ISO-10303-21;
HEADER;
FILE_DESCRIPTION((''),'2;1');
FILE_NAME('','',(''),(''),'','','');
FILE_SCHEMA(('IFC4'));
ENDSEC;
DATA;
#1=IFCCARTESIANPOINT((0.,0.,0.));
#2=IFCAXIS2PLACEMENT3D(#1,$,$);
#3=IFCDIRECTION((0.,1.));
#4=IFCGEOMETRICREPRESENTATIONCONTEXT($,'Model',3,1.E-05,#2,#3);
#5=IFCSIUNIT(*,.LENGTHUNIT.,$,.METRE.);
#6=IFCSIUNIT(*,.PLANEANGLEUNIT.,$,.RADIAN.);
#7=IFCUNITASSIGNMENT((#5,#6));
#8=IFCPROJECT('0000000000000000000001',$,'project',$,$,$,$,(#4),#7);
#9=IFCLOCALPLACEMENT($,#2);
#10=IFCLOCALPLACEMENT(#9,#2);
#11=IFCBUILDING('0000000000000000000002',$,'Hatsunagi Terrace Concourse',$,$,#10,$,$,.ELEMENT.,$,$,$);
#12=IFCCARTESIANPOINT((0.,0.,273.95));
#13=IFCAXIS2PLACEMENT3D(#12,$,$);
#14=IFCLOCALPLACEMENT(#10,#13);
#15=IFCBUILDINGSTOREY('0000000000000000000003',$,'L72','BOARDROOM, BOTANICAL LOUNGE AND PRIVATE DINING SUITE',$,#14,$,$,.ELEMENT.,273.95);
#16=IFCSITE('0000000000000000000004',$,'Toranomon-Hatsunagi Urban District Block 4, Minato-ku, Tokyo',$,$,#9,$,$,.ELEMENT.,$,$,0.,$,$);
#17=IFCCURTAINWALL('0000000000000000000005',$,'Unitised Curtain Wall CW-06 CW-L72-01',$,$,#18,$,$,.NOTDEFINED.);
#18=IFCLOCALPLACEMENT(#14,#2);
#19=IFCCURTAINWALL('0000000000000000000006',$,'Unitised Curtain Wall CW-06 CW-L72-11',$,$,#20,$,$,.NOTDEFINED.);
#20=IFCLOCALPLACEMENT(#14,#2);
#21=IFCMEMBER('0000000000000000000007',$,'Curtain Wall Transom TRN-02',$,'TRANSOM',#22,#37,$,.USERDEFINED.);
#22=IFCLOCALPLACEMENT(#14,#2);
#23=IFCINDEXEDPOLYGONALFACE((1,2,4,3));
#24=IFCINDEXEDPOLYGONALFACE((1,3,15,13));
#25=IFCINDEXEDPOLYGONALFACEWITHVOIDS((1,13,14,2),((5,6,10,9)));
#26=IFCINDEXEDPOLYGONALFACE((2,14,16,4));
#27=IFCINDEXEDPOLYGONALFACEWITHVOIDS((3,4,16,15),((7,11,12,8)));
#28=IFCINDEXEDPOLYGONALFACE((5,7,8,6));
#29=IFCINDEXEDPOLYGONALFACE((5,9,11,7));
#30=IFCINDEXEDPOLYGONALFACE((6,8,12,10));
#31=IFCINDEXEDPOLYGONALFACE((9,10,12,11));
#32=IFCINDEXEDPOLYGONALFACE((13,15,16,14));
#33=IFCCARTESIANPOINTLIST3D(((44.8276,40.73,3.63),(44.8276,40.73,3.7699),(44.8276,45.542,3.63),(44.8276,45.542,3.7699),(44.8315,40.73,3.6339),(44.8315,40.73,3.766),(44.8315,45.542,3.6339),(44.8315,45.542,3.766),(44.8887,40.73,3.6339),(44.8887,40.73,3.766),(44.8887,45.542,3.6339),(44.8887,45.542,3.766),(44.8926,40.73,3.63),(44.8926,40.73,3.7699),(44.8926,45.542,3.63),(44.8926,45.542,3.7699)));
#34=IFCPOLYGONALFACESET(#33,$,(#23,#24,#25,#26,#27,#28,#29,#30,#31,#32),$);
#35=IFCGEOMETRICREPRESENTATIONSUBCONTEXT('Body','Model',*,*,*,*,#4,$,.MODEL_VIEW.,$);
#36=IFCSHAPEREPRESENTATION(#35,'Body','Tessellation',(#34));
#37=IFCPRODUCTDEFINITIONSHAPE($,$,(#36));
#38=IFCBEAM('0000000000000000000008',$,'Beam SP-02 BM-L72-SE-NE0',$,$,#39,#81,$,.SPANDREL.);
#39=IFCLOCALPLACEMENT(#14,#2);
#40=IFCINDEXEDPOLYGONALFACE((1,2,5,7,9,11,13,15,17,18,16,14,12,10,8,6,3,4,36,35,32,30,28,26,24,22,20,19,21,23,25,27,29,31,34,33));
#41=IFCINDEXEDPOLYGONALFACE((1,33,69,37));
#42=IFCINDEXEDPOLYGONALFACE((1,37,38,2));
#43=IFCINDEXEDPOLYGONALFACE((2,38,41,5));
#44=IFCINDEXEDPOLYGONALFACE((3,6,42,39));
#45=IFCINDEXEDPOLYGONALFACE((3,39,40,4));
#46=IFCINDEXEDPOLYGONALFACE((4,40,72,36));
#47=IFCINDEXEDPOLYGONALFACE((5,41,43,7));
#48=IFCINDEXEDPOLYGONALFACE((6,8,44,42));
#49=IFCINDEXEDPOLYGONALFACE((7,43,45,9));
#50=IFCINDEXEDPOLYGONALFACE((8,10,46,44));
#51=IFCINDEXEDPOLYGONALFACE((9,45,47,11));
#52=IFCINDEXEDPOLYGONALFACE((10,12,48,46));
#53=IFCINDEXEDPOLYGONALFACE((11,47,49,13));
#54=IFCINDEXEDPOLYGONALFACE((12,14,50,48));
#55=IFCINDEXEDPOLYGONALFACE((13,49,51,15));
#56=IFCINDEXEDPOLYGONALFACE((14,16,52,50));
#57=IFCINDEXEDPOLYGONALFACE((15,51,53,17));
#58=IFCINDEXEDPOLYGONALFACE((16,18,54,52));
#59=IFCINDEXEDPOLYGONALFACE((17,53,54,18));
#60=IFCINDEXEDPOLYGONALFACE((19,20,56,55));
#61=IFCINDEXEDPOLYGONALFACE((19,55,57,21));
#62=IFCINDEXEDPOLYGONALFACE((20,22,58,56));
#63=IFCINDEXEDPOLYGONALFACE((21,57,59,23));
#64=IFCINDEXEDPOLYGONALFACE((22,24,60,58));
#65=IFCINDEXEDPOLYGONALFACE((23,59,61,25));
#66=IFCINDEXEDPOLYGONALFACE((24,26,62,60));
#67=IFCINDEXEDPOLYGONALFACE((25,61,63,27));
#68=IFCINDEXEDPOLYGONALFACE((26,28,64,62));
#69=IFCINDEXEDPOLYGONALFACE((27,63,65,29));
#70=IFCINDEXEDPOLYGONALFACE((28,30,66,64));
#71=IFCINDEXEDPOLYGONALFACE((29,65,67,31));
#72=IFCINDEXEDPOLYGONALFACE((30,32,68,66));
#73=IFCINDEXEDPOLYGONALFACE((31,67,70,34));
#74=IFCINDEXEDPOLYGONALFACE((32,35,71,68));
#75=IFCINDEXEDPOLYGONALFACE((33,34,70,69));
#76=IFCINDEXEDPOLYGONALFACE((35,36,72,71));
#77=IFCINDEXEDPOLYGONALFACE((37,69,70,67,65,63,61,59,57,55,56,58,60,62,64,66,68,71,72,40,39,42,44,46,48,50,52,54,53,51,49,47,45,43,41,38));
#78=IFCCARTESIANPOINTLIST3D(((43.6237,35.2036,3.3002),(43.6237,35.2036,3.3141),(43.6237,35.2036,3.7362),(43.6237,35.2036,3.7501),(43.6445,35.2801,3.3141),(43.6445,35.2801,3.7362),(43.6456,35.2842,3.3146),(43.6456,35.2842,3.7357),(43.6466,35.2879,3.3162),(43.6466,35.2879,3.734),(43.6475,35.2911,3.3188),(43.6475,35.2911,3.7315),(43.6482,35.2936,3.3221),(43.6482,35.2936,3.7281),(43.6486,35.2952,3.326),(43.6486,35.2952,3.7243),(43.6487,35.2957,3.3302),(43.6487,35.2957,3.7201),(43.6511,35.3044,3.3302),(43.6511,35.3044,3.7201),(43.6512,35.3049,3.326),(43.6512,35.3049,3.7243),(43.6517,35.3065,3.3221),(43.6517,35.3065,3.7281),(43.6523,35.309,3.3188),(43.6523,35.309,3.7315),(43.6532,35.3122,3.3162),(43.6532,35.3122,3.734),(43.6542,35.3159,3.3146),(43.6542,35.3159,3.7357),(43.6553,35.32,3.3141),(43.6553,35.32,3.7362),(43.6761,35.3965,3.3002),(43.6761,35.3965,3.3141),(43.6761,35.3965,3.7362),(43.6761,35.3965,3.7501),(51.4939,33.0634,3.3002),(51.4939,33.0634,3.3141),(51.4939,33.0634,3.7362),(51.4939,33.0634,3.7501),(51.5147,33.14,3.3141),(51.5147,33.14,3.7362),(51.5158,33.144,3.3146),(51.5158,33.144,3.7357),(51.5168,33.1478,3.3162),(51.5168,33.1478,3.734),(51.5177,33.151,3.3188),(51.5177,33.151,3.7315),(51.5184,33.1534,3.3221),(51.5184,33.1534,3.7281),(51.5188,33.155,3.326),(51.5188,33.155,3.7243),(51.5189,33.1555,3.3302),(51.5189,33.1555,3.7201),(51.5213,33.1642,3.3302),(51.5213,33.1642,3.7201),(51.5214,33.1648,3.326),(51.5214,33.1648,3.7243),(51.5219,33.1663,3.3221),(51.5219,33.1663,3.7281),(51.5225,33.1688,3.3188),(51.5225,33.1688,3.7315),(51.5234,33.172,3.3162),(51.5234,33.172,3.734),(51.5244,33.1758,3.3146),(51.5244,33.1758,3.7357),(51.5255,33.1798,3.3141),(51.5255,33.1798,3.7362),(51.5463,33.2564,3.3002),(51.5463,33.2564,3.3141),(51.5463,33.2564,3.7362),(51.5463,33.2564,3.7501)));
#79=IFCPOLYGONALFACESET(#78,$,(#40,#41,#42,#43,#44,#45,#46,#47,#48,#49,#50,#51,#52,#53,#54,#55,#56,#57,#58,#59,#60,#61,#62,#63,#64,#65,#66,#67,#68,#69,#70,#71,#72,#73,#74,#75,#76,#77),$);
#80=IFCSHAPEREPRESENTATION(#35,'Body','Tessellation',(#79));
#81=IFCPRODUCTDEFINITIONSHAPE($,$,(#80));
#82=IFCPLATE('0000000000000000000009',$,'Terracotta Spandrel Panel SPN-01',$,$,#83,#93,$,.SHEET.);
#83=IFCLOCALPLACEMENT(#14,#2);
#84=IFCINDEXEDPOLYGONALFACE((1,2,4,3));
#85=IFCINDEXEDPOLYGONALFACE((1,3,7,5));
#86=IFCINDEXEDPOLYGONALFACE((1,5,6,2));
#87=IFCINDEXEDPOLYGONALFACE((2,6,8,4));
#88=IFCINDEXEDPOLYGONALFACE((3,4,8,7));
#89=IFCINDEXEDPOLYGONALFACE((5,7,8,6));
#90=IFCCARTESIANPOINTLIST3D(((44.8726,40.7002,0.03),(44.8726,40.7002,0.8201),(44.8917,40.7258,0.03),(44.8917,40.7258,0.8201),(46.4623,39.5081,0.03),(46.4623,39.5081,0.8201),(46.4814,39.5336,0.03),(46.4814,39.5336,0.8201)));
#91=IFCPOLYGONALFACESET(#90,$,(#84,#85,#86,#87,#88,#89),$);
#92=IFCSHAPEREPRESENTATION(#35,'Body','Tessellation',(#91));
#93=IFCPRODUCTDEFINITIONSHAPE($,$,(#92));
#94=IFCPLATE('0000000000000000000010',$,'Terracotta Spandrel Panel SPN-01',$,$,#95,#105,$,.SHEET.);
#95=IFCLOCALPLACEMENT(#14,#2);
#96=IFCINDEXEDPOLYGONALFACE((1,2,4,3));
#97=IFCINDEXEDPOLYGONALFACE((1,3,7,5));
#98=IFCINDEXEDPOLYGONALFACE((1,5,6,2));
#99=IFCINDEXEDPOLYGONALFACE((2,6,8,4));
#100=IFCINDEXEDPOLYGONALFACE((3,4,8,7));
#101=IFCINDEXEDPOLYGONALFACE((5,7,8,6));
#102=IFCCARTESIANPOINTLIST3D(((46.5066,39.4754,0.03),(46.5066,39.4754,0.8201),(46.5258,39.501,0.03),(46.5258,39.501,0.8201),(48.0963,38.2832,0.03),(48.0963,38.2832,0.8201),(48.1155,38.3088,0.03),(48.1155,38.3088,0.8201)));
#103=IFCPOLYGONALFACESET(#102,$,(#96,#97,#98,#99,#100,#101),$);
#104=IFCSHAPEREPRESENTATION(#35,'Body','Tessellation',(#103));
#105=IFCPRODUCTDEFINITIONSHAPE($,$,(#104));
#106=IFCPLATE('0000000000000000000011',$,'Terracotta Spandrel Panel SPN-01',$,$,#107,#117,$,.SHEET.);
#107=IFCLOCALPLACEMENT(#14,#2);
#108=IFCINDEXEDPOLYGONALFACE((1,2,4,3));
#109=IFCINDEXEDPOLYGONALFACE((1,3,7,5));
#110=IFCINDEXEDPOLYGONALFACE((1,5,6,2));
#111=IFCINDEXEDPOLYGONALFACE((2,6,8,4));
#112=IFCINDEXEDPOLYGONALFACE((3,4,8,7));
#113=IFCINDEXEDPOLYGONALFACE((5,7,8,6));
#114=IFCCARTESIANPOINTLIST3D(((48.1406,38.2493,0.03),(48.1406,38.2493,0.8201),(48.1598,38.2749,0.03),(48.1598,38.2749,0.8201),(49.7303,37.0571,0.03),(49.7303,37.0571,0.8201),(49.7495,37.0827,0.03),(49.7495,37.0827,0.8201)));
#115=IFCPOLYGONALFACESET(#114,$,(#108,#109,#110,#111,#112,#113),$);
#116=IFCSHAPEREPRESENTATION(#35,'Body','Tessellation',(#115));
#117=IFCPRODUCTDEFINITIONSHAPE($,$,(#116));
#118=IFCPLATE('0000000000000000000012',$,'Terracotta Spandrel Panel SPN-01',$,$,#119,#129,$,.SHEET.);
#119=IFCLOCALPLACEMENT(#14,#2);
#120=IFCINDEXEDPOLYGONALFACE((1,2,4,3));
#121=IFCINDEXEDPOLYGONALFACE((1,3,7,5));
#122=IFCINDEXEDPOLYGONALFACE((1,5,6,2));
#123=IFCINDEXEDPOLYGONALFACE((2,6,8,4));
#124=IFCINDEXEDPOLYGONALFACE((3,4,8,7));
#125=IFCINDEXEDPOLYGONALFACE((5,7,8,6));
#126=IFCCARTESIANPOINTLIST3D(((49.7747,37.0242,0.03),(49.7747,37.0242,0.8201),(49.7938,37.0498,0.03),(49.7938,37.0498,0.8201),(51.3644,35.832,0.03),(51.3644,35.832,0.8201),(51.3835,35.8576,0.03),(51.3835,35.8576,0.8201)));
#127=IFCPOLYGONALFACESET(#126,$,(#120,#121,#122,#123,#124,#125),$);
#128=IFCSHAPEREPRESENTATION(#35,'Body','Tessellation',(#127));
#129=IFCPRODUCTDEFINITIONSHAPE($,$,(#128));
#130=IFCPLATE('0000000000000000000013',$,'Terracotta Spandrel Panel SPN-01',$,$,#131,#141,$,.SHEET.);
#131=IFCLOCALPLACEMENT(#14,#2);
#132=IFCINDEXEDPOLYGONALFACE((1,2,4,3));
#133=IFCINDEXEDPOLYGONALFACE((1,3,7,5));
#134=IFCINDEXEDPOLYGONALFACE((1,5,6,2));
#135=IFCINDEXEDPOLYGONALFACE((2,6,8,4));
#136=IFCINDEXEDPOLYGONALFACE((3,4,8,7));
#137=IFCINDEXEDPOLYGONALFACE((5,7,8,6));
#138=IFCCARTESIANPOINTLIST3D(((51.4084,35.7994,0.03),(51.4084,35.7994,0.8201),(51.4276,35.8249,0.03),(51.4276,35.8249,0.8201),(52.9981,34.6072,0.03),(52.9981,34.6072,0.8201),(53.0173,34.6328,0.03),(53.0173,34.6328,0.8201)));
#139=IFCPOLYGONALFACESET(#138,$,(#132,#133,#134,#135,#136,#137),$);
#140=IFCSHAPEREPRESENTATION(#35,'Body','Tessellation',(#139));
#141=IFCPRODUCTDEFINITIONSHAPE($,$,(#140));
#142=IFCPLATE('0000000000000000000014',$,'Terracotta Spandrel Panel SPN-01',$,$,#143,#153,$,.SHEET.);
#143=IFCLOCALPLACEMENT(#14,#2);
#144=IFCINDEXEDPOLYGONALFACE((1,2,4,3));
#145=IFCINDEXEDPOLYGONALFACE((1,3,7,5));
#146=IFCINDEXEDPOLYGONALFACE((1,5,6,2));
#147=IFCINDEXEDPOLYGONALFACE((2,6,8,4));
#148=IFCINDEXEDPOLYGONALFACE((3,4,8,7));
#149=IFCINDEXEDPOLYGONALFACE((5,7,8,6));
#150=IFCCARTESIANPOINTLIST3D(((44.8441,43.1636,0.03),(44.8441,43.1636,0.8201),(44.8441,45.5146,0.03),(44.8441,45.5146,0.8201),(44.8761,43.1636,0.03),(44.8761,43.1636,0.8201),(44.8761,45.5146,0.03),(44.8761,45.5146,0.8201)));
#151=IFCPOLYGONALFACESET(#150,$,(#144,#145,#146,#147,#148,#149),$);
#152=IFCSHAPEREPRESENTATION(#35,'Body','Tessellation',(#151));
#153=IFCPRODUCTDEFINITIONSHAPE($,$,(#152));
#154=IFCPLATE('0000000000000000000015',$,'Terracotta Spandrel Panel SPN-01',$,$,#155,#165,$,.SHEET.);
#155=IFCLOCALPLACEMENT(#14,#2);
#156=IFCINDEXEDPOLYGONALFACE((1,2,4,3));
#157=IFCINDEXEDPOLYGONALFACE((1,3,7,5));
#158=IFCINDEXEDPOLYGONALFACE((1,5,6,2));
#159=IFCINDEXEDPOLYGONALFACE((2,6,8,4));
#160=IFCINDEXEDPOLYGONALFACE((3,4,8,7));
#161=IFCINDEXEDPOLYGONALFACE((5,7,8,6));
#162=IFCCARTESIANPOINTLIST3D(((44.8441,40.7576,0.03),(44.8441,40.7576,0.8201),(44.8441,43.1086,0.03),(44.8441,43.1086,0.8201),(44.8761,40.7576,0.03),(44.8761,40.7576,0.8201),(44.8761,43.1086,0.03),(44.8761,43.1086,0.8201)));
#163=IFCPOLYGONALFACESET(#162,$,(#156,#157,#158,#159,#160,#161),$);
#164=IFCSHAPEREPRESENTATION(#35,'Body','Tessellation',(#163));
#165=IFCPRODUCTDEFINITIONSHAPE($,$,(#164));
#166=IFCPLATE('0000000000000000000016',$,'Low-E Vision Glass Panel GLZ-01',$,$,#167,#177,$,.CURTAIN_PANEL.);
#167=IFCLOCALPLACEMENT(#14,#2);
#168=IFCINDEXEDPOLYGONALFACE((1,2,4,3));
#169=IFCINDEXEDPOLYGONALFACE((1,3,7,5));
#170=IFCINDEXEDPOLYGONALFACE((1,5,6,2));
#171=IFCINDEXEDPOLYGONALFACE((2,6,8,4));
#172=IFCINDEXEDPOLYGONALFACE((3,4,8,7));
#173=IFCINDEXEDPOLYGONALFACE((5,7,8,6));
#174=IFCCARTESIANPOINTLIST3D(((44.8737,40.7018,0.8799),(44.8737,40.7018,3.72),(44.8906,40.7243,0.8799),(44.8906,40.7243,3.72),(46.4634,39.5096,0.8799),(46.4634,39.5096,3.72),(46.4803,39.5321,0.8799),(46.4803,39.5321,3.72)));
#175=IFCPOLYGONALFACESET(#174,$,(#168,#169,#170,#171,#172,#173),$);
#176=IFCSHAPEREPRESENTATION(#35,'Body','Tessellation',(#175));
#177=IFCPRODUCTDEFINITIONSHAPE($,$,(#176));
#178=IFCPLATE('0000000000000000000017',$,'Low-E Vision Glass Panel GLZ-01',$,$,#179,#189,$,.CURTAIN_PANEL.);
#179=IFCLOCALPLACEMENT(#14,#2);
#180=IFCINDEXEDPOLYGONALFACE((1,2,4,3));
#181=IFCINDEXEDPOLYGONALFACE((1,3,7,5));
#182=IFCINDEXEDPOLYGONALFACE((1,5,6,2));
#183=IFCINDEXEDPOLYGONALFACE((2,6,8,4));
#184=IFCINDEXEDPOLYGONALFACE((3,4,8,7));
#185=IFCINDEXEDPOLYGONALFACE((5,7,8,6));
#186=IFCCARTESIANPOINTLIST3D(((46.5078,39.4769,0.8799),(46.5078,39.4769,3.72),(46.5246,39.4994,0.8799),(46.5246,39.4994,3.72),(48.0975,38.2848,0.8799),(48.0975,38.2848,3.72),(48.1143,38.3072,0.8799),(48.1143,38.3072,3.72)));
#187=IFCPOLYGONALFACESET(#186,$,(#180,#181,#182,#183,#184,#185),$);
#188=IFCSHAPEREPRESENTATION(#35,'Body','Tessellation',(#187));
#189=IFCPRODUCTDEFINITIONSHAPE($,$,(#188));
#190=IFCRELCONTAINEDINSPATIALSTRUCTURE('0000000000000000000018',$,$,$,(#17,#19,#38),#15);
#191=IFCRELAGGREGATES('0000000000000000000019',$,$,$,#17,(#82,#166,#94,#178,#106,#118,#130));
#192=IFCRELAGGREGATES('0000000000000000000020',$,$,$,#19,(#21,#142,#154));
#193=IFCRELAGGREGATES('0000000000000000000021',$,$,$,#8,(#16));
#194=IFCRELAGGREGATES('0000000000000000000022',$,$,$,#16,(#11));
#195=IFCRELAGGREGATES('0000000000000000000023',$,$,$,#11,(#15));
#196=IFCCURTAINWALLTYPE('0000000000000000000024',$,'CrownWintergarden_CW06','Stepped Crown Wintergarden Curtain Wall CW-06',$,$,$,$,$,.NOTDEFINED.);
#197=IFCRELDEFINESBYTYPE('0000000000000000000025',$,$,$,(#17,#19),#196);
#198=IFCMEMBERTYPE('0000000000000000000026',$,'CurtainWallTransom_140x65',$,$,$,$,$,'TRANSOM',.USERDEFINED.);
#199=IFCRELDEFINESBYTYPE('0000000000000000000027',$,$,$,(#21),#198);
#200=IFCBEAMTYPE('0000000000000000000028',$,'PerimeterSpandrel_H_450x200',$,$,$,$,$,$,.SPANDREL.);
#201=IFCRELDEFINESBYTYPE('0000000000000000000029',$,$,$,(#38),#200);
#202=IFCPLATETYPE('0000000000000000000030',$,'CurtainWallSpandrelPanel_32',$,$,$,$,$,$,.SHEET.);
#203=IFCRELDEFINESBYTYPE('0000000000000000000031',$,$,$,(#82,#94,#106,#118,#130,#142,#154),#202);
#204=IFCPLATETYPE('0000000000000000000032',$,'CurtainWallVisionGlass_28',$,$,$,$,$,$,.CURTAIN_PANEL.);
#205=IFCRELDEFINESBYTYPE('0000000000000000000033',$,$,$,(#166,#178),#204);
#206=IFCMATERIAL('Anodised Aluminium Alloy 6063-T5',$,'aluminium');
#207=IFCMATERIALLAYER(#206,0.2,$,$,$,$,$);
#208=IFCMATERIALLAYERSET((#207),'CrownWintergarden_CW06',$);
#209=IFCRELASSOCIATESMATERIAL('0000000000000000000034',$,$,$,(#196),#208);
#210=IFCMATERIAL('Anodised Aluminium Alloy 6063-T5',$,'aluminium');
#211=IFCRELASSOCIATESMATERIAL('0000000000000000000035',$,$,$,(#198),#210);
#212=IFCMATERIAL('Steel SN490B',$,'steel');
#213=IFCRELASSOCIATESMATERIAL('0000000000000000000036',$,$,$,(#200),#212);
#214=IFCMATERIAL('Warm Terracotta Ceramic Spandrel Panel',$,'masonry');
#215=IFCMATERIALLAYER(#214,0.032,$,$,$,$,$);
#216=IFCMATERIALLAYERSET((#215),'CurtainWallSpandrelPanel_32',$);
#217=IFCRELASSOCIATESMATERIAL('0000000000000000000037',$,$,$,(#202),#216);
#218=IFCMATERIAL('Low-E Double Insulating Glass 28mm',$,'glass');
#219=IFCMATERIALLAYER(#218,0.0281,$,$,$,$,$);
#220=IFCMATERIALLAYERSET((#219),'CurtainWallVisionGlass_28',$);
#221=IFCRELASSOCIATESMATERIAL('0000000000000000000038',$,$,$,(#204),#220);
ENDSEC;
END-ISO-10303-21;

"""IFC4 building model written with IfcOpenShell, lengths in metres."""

from ifc_helpers import new_model, si_unit, direction, frame, origin, origin_2d, place, context, subcontext, project, spatial, rectangle, hollow_rectangle, i_section, extrude, material, layer, layer_set, material_profile, profile_set, type_object, element, aggregate, save


model = new_model("IFC4")

# Units and contexts
model_context = context("Model", 3, precision=1e-05, world=origin(), true_north=direction((0.0, 1.0)))
body_context = subcontext(model_context, "Body", "Model", "MODEL_VIEW")
ifc_project = project(units=[si_unit("LENGTHUNIT", "METRE"), si_unit("PLANEANGLEUNIT", "RADIAN")], contexts=[model_context])

# Site, building, storey
site_placement = place(None, origin())
site = spatial("IfcSite", under=ifc_project, at=site_placement, Name="Toranomon-Hatsunagi Urban District Block 4, Minato-ku, Tokyo", CompositionType="ELEMENT", RefElevation=0.0)
building_placement = place(site_placement, origin())
building = spatial("IfcBuilding", under=site, at=building_placement, Name="Hatsunagi Terrace Concourse", CompositionType="ELEMENT")
storey_placement = place(building_placement, frame((0.0, 0.0, 273.95)))
storey = spatial("IfcBuildingStorey", under=building, at=storey_placement, Name="L72", Description="BOARDROOM, BOTANICAL LOUNGE AND PRIVATE DINING SUITE", CompositionType="ELEMENT", Elevation=273.95)

# Curtain walls
ifc_material_1 = material(Name="Anodised Aluminium Alloy 6063-T5", Category="aluminium")
ifc_layer_1 = layer(ifc_material_1, 0.2)
ifc_layer_set_1 = layer_set([ifc_layer_1], Name="CrownWintergarden_CW06")
curtain_wall_type = type_object("IfcCurtainWallType", Name="CrownWintergarden_CW06", Description="Stepped Crown Wintergarden Curtain Wall CW-06", PredefinedType="NOTDEFINED", material=ifc_layer_set_1)
curtain_wall_1_placement = place(storey_placement, origin())
curtain_wall_1 = element("IfcCurtainWall", 1, at=curtain_wall_1_placement, inside=storey, type_object=curtain_wall_type, Name="Unitised Curtain Wall CW-06 CW-L72-01", PredefinedType="NOTDEFINED")
curtain_wall_2_placement = place(storey_placement, origin())
curtain_wall_2 = element("IfcCurtainWall", 2, at=curtain_wall_2_placement, inside=storey, type_object=curtain_wall_type, Name="Unitised Curtain Wall CW-06 CW-L72-11", PredefinedType="NOTDEFINED")

# Member
ifc_material_2 = material(Name="Anodised Aluminium Alloy 6063-T5", Category="aluminium")
ifc_material_profile_1 = material_profile(ifc_material_2, hollow_rectangle(XDim=0.0649, YDim=0.1399, WallThickness=0.0039, at=origin_2d()), Name="ALU-TRN-140x65x4")
ifc_profile_set_1 = profile_set([ifc_material_profile_1], Name="Anodised Aluminium Alloy 6063-T5")
member_type_1 = type_object("IfcMemberType", Name="CurtainWallTransom_140x65", ElementType="TRANSOM", PredefinedType="USERDEFINED", material=ifc_profile_set_1)
member_1_placement = place(storey_placement, frame((44.8601, 45.542, 3.7), z_axis=(0.0, -1.0, 0.0), x_axis=(1.0, 0.0, 0.0)))
member_1 = element("IfcMember", 3, at=member_1_placement, type_object=member_type_1, Name="Curtain Wall Transom TRN-02", ObjectType="TRANSOM", PredefinedType="USERDEFINED", context=body_context, shape_type="SweptSolid", body=[
    extrude(hollow_rectangle(XDim=0.0649, YDim=0.1399, WallThickness=0.0039, at=origin_2d()), origin(), (0.0, 0.0, 1.0), 4.812),
])

# Beam
ifc_material_3 = material(Name="Steel SN490B", Category="steel")
ifc_material_profile_2 = material_profile(ifc_material_3, i_section(OverallWidth=0.2, OverallDepth=0.45, WebThickness=0.009, FlangeThickness=0.0139, FilletRadius=0.0161, at=origin_2d()), Name="H-450x200x9x14")
ifc_profile_set_2 = profile_set([ifc_material_profile_2], Name="Steel SN490B")
beam_type_1 = type_object("IfcBeamType", Name="PerimeterSpandrel_H_450x200", PredefinedType="SPANDREL", material=ifc_profile_set_2)
beam_1_placement = place(storey_placement, frame((43.6499, 35.3, 3.5251), z_axis=(0.964958, -0.262403, 0.0), x_axis=(0.262403, 0.964958, 0.0)))
element("IfcBeam", 4, at=beam_1_placement, inside=storey, type_object=beam_type_1, Name="Beam SP-02 BM-L72-SE-NE0", PredefinedType="SPANDREL", context=body_context, shape_type="SweptSolid", body=[
    extrude(i_section(OverallWidth=0.2, OverallDepth=0.45, WebThickness=0.009, FlangeThickness=0.0139, FilletRadius=0.0161, at=origin_2d()), origin(), (0.0, 0.0, 1.0), 8.156),
])

# Plates
ifc_material_4 = material(Name="Warm Terracotta Ceramic Spandrel Panel", Category="masonry")
ifc_layer_2 = layer(ifc_material_4, 0.032)
ifc_layer_set_2 = layer_set([ifc_layer_2], Name="CurtainWallSpandrelPanel_32")
plate_type_1 = type_object("IfcPlateType", Name="CurtainWallSpandrelPanel_32", PredefinedType="SHEET", material=ifc_layer_set_2)
plate_1_placement = place(storey_placement, frame((45.677, 40.1169, 0.03), z_axis=(0.0, 0.0, 1.0), x_axis=(0.800023, -0.599969, 0.0)))
plate_1 = element("IfcPlate", 5, at=plate_1_placement, type_object=plate_type_1, Name="Terracotta Spandrel Panel SPN-01", PredefinedType="SHEET", context=body_context, shape_type="SweptSolid", body=[
    extrude(rectangle(XDim=1.9871, YDim=0.032, at=origin_2d()), origin(), (0.0, 0.0, 1.0), 0.79),
])
plate_2_placement = place(storey_placement, frame((47.311, 38.8921, 0.03), z_axis=(0.0, 0.0, 1.0), x_axis=(0.800023, -0.599969, 0.0)))
plate_2 = element("IfcPlate", 6, at=plate_2_placement, type_object=plate_type_1, Name="Terracotta Spandrel Panel SPN-01", PredefinedType="SHEET", context=body_context, shape_type="SweptSolid", body=[
    extrude(rectangle(XDim=1.9871, YDim=0.032, at=origin_2d()), origin(), (0.0, 0.0, 1.0), 0.79),
])
plate_3_placement = place(storey_placement, frame((48.9451, 37.666, 0.03), z_axis=(0.0, 0.0, 1.0), x_axis=(0.800023, -0.599969, 0.0)))
plate_3 = element("IfcPlate", 7, at=plate_3_placement, type_object=plate_type_1, Name="Terracotta Spandrel Panel SPN-01", PredefinedType="SHEET", context=body_context, shape_type="SweptSolid", body=[
    extrude(rectangle(XDim=1.9871, YDim=0.032, at=origin_2d()), origin(), (0.0, 0.0, 1.0), 0.79),
])
plate_4_placement = place(storey_placement, frame((50.5791, 36.4409, 0.03), z_axis=(0.0, 0.0, 1.0), x_axis=(0.800023, -0.599969, 0.0)))
plate_4 = element("IfcPlate", 8, at=plate_4_placement, type_object=plate_type_1, Name="Terracotta Spandrel Panel SPN-01", PredefinedType="SHEET", context=body_context, shape_type="SweptSolid", body=[
    extrude(rectangle(XDim=1.9871, YDim=0.032, at=origin_2d()), origin(), (0.0, 0.0, 1.0), 0.79),
])
plate_5_placement = place(storey_placement, frame((52.2129, 35.2161, 0.03), z_axis=(0.0, 0.0, 1.0), x_axis=(0.800023, -0.599969, 0.0)))
plate_5 = element("IfcPlate", 9, at=plate_5_placement, type_object=plate_type_1, Name="Terracotta Spandrel Panel SPN-01", PredefinedType="SHEET", context=body_context, shape_type="SweptSolid", body=[
    extrude(rectangle(XDim=1.9871, YDim=0.032, at=origin_2d()), origin(), (0.0, 0.0, 1.0), 0.79),
])
plate_6_placement = place(storey_placement, frame((44.8601, 44.3391, 0.03), z_axis=(0.0, 0.0, 1.0), x_axis=(0.0, -1.0, 0.0)))
plate_6 = element("IfcPlate", 10, at=plate_6_placement, type_object=plate_type_1, Name="Terracotta Spandrel Panel SPN-01", PredefinedType="SHEET", context=body_context, shape_type="SweptSolid", body=[
    extrude(rectangle(XDim=2.3511, YDim=0.032, at=origin_2d()), origin(), (0.0, 0.0, 1.0), 0.79),
])
plate_7_placement = place(storey_placement, frame((44.8601, 41.9331, 0.03), z_axis=(0.0, 0.0, 1.0), x_axis=(0.0, -1.0, 0.0)))
plate_7 = element("IfcPlate", 11, at=plate_7_placement, type_object=plate_type_1, Name="Terracotta Spandrel Panel SPN-01", PredefinedType="SHEET", context=body_context, shape_type="SweptSolid", body=[
    extrude(rectangle(XDim=2.3511, YDim=0.032, at=origin_2d()), origin(), (0.0, 0.0, 1.0), 0.79),
])
ifc_material_5 = material(Name="Low-E Double Insulating Glass 28mm", Category="glass")
ifc_layer_3 = layer(ifc_material_5, 0.0281)
ifc_layer_set_3 = layer_set([ifc_layer_3], Name="CurtainWallVisionGlass_28")
plate_type_2 = type_object("IfcPlateType", Name="CurtainWallVisionGlass_28", PredefinedType="CURTAIN_PANEL", material=ifc_layer_set_3)
plate_8_placement = place(storey_placement, frame((45.677, 40.1169, 0.8799), z_axis=(0.0, 0.0, 1.0), x_axis=(0.800023, -0.599969, 0.0)))
plate_8 = element("IfcPlate", 12, at=plate_8_placement, type_object=plate_type_2, Name="Low-E Vision Glass Panel GLZ-01", PredefinedType="CURTAIN_PANEL", context=body_context, shape_type="SweptSolid", body=[
    extrude(rectangle(XDim=1.9871, YDim=0.0281, at=origin_2d()), origin(), (0.0, 0.0, 1.0), 2.8401),
])
plate_9_placement = place(storey_placement, frame((47.311, 38.8921, 0.8799), z_axis=(0.0, 0.0, 1.0), x_axis=(0.800023, -0.599969, 0.0)))
plate_9 = element("IfcPlate", 13, at=plate_9_placement, type_object=plate_type_2, Name="Low-E Vision Glass Panel GLZ-01", PredefinedType="CURTAIN_PANEL", context=body_context, shape_type="SweptSolid", body=[
    extrude(rectangle(XDim=1.9871, YDim=0.0281, at=origin_2d()), origin(), (0.0, 0.0, 1.0), 2.8401),
])
aggregate(curtain_wall_1, [plate_1, plate_8, plate_2, plate_9, plate_3, plate_4, plate_5])
aggregate(curtain_wall_2, [member_1, plate_6, plate_7])

save(model, "model.ifc")
